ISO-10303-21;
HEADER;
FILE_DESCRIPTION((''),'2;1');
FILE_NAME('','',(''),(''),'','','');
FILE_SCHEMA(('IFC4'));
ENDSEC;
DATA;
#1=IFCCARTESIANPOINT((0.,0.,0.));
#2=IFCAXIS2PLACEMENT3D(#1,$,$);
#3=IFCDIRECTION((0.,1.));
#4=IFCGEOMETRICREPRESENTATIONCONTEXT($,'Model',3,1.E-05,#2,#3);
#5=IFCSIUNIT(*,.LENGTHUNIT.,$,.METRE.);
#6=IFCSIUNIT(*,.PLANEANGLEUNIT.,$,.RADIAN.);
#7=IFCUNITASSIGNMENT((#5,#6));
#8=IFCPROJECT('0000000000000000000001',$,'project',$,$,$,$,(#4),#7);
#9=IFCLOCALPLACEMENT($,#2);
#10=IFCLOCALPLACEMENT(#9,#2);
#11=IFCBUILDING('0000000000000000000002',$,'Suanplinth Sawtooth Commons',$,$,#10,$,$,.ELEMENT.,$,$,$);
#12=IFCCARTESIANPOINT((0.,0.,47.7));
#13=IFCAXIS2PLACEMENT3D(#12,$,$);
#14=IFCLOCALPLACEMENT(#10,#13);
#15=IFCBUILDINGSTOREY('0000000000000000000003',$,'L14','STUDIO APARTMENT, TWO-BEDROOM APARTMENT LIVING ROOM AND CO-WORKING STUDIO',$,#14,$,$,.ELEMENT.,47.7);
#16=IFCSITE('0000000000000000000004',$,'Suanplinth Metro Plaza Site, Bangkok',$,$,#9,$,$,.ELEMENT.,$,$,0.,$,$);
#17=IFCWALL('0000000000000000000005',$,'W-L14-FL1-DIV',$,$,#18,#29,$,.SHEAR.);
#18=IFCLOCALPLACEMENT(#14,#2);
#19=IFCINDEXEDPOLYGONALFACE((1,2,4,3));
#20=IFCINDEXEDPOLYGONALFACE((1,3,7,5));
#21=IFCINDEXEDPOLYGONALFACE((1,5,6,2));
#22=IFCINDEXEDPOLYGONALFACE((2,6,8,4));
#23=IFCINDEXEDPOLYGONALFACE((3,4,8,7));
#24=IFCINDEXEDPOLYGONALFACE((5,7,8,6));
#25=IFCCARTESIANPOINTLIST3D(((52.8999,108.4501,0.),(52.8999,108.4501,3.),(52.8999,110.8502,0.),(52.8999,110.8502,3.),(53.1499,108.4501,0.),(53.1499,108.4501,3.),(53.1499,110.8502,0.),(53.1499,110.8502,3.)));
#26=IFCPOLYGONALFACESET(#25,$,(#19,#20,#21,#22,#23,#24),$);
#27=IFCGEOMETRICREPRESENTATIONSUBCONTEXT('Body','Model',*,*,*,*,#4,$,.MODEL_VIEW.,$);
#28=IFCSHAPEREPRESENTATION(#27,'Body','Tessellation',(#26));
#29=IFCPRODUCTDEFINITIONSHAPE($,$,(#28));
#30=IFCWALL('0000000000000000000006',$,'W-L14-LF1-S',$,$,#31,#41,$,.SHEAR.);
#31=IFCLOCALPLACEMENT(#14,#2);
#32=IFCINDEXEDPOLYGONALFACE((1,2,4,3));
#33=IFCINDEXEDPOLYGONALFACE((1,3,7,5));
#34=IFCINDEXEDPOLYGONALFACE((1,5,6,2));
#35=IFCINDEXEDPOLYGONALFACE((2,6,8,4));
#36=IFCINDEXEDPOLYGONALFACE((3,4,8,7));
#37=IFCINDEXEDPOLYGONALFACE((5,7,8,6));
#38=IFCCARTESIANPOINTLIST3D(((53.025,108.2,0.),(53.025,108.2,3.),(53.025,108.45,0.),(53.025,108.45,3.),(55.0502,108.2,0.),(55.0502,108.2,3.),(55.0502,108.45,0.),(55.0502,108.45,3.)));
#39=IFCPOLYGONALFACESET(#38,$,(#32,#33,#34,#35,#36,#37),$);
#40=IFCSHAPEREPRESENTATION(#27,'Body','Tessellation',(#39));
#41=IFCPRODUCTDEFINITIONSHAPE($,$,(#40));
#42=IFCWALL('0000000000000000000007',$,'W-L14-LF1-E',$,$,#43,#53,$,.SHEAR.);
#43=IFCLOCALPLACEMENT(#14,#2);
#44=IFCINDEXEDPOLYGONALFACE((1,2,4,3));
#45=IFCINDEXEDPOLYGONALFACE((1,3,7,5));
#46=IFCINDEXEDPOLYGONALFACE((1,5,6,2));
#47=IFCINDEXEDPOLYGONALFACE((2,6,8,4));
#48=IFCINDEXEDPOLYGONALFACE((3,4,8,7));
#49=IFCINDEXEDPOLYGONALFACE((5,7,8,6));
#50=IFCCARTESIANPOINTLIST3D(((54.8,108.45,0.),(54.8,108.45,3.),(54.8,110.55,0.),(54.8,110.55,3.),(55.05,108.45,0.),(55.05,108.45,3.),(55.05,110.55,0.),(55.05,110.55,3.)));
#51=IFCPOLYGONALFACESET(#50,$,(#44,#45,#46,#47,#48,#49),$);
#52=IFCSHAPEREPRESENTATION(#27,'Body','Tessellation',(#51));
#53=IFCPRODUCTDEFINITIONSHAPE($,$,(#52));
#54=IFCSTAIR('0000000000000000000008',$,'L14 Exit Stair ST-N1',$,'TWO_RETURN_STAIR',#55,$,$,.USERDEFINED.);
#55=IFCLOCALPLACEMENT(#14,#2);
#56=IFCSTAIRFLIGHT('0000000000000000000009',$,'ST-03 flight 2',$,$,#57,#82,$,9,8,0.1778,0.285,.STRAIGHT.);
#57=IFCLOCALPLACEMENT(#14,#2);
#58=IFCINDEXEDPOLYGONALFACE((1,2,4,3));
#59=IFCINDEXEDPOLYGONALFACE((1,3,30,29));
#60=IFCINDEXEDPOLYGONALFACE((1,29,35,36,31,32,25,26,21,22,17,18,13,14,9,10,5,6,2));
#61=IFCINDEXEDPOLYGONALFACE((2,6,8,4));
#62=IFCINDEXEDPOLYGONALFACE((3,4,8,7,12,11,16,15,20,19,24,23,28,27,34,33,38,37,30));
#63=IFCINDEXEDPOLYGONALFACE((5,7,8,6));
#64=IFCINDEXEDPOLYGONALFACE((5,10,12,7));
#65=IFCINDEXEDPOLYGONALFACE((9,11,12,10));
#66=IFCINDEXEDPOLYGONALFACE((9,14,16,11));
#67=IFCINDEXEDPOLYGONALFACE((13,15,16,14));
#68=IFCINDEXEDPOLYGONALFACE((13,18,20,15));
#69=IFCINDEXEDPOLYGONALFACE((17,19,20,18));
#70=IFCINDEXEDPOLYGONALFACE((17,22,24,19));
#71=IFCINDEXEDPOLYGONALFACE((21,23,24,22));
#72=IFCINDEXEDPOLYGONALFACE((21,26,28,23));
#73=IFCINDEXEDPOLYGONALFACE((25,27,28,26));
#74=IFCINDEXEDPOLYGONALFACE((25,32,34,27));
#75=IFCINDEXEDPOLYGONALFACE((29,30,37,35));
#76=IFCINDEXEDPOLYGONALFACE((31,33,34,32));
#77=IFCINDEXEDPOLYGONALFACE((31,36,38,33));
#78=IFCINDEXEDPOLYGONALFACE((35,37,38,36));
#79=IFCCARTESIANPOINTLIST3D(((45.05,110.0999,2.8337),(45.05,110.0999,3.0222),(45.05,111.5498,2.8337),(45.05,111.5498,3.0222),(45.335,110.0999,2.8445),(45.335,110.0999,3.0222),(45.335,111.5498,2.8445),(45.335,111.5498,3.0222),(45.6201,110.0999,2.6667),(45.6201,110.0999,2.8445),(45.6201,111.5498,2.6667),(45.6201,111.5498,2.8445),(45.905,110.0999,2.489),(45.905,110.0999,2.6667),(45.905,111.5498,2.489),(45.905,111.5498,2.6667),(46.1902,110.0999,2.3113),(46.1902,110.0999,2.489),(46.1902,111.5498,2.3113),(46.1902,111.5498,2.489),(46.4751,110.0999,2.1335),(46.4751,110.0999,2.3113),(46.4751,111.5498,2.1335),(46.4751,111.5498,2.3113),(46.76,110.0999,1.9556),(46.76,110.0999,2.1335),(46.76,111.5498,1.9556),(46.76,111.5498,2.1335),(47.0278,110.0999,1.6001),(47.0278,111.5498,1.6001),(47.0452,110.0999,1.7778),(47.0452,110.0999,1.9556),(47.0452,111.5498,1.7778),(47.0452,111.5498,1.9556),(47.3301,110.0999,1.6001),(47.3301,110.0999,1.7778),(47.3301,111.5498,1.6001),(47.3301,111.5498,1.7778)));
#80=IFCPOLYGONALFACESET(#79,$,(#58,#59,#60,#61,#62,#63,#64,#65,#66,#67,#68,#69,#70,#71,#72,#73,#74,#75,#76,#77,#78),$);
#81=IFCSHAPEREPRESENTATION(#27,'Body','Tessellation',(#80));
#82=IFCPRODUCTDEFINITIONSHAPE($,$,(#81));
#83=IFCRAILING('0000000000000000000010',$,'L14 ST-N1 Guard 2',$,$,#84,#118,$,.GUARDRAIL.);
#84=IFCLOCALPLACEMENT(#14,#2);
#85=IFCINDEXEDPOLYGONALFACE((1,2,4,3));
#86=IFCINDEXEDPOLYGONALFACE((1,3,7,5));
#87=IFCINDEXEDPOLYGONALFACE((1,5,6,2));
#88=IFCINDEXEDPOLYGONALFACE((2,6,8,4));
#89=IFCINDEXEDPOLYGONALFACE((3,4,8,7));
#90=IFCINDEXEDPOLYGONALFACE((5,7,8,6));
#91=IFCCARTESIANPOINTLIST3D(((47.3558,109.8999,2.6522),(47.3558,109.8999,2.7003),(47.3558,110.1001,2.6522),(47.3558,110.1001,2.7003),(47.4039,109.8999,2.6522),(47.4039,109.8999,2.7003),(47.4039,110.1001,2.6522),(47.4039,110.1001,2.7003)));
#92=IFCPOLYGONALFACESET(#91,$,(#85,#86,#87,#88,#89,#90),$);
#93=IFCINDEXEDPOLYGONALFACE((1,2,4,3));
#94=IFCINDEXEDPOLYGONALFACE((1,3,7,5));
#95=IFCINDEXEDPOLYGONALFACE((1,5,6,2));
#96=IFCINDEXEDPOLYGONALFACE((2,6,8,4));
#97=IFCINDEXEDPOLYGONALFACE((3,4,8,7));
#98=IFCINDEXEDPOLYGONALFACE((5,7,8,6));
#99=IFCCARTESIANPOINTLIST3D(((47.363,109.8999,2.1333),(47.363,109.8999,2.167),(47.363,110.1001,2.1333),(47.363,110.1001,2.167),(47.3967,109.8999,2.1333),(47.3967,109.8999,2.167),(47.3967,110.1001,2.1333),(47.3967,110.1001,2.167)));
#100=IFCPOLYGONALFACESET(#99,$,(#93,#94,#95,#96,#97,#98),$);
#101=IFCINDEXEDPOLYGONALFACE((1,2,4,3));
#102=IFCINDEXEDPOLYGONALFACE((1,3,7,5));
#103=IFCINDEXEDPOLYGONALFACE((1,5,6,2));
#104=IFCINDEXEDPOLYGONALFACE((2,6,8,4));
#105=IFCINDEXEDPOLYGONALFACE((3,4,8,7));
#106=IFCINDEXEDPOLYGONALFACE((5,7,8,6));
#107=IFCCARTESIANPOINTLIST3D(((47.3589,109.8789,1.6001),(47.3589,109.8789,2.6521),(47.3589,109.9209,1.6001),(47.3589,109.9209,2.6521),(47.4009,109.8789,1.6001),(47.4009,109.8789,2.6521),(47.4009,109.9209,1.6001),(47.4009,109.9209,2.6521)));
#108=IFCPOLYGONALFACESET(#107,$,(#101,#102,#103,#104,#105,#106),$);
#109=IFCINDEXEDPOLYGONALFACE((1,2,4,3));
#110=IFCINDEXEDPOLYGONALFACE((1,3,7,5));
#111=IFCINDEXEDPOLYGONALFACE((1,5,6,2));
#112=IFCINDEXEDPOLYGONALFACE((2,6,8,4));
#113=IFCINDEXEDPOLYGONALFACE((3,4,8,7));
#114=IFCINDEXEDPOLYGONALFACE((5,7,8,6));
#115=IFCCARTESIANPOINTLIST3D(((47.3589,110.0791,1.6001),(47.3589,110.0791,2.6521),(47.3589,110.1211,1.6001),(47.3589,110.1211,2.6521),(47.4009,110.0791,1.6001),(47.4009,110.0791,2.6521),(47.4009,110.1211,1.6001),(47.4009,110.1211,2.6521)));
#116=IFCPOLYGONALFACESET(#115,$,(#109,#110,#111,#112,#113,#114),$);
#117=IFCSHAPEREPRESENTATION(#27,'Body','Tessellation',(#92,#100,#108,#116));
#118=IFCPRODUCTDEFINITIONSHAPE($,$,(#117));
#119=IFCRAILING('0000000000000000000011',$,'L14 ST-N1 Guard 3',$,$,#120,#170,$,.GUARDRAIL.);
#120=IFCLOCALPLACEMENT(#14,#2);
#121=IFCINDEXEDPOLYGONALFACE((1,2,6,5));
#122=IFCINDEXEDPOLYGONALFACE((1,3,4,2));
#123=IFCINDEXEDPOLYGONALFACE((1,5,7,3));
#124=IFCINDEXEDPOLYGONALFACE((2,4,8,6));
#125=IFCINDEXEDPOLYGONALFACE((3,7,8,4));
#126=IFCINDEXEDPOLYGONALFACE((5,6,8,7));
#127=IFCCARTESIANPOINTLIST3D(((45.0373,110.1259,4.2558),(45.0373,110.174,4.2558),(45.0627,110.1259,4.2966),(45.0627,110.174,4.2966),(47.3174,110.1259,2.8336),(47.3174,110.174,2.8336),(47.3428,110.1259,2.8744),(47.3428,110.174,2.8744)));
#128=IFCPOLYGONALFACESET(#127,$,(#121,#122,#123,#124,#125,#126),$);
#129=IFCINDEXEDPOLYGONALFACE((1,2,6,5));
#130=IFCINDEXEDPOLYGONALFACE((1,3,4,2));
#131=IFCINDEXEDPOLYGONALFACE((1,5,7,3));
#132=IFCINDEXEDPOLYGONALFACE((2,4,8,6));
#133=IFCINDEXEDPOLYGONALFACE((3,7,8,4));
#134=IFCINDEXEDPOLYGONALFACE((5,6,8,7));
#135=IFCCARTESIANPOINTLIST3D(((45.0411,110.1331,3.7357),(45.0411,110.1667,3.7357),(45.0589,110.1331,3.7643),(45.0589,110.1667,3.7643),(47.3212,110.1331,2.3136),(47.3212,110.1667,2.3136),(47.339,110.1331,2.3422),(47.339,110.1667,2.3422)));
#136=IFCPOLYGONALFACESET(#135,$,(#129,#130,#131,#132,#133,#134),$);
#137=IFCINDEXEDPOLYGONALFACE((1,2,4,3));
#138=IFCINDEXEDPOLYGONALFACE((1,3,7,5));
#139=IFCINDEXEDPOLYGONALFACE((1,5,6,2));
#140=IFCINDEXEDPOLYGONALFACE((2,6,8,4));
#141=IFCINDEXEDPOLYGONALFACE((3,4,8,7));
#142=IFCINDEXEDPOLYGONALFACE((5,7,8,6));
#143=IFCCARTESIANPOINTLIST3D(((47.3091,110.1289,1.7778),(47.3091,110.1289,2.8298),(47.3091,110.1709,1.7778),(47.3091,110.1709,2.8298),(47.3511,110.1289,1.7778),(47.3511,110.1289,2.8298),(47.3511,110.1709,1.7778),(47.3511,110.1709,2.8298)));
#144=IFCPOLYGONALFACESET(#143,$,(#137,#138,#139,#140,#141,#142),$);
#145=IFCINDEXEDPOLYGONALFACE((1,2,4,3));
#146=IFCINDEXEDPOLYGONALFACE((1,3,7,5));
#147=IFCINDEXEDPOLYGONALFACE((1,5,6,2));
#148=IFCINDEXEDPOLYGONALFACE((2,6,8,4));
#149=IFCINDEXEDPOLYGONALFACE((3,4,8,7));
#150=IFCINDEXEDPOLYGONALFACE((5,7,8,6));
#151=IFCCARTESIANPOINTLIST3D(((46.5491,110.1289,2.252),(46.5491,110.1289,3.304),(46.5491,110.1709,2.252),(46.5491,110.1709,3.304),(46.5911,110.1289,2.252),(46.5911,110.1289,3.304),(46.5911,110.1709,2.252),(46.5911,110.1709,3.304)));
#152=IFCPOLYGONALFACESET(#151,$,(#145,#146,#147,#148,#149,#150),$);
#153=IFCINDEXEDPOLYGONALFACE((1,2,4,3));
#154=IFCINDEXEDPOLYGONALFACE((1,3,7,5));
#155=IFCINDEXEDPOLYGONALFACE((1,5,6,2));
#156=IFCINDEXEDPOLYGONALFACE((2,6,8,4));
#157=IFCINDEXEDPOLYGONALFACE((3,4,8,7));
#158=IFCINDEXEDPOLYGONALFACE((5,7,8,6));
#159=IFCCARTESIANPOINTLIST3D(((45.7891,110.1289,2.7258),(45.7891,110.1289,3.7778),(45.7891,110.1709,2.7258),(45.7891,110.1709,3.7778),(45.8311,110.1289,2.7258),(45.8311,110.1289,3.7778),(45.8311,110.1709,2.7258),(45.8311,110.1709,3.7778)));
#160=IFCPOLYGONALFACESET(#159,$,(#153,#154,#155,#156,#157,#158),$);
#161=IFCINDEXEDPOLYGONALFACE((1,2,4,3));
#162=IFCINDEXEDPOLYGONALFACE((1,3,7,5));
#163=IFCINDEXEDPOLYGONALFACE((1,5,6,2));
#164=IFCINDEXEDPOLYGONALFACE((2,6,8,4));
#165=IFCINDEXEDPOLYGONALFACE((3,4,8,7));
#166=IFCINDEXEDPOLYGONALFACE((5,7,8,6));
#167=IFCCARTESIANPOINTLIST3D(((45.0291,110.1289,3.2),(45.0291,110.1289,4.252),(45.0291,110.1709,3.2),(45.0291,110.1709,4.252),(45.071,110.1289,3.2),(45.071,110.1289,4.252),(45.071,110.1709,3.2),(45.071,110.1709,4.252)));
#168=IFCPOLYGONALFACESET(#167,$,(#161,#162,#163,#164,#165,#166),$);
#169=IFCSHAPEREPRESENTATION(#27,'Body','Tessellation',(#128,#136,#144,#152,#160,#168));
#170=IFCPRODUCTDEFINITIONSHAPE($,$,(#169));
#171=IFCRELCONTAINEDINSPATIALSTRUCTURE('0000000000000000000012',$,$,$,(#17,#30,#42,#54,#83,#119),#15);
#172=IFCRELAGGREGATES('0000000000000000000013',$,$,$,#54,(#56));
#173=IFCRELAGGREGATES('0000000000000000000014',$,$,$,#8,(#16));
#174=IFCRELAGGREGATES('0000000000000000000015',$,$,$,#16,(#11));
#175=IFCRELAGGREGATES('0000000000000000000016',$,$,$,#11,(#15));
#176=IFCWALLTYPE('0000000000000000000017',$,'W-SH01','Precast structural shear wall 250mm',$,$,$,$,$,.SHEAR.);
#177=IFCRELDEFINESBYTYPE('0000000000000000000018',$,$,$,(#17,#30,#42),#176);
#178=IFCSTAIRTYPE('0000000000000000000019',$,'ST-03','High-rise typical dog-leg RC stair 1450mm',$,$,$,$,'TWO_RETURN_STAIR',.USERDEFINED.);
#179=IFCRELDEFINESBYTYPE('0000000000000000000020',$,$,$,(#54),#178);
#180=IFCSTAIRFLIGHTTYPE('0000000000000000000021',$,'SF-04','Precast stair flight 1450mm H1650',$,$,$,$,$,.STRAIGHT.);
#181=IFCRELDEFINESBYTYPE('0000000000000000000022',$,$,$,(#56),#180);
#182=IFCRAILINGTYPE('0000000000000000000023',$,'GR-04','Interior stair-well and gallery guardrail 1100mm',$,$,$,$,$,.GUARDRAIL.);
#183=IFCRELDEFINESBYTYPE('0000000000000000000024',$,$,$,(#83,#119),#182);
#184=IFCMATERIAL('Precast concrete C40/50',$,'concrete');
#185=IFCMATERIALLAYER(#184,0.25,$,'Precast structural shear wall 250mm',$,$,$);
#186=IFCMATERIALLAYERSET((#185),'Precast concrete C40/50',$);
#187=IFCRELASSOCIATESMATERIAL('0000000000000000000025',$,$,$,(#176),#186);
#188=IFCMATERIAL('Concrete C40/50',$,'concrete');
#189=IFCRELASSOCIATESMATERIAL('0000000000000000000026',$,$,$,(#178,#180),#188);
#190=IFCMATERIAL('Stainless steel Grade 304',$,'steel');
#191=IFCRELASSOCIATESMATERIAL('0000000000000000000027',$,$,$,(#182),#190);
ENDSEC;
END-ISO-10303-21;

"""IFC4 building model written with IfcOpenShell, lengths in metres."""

from ifc_helpers import new_model, si_unit, direction, frame, frame_2d, origin, origin_2d, place, context, subcontext, project, spatial, polyline, rectangle, outline, extrude, material, layer, layer_set, type_object, element, aggregate, save


model = new_model("IFC4")

# Units and contexts
model_context = context("Model", 3, precision=1e-05, world=origin(), true_north=direction((0.0, 1.0)))
body_context = subcontext(model_context, "Body", "Model", "MODEL_VIEW")
ifc_project = project(units=[si_unit("LENGTHUNIT", "METRE"), si_unit("PLANEANGLEUNIT", "RADIAN")], contexts=[model_context])

# Site, building, storey
site_placement = place(None, origin())
site = spatial("IfcSite", under=ifc_project, at=site_placement, Name="Suanplinth Metro Plaza Site, Bangkok", CompositionType="ELEMENT", RefElevation=0.0)
building_placement = place(site_placement, origin())
building = spatial("IfcBuilding", under=site, at=building_placement, Name="Suanplinth Sawtooth Commons", CompositionType="ELEMENT")
storey_placement = place(building_placement, frame((0.0, 0.0, 47.7)))
storey = spatial("IfcBuildingStorey", under=building, at=storey_placement, Name="L14", Description="STUDIO APARTMENT, TWO-BEDROOM APARTMENT LIVING ROOM AND CO-WORKING STUDIO", CompositionType="ELEMENT", Elevation=47.7)

# Shared definitions
ifc_material_1 = material(Name="Precast concrete C40/50", Category="concrete")

# Shared definitions
ifc_material_2 = material(Name="Concrete C40/50", Category="concrete")

# Shared definitions
ifc_layer_1 = layer(ifc_material_1, 0.25, Name="Precast structural shear wall 250mm")
ifc_layer_set_1 = layer_set([ifc_layer_1], Name="Precast concrete C40/50")
wall_type_1 = type_object("IfcWallType", Name="W-SH01", Description="Precast structural shear wall 250mm", PredefinedType="SHEAR", material=ifc_layer_set_1)

# Shared definitions
ifc_material_3 = material(Name="Stainless steel Grade 304", Category="steel")

# Walls
for number, where, z_axis, x_axis, name in (
    (1, (53.0249, 108.45, 0.0), (0.0, 0.0, 1.0), (0.0, 1.0, 0.0), "W-L14-FL1-DIV"),
):
    element("IfcWall", number, at=place(storey_placement, frame(where, z_axis=z_axis, x_axis=x_axis)), inside=storey, type_object=wall_type_1, Name=name, PredefinedType="SHEAR", context=body_context, shape_type="SweptSolid", body=[
        extrude(rectangle(XDim=2.4001, YDim=0.25, at=frame_2d((1.2002, 0.0))), origin(), (0.0, 0.0, 1.0), 3.0),
    ])
wall_1_placement = place(storey_placement, frame((53.0249, 108.325, 0.0), z_axis=(0.0, 0.0, 1.0), x_axis=(1.0, 0.0, 0.0)))
element("IfcWall", 2, at=wall_1_placement, inside=storey, type_object=wall_type_1, Name="W-L14-LF1-S", PredefinedType="SHEAR", context=body_context, shape_type="SweptSolid", body=[
    extrude(rectangle(XDim=2.0251, YDim=0.25, at=frame_2d((1.0127, 0.0))), origin(), (0.0, 0.0, 1.0), 3.0),
])

# Wall
wall_2_placement = place(storey_placement, frame((54.925, 108.45, 0.0), z_axis=(0.0, 0.0, 1.0), x_axis=(0.0, 1.0, 0.0)))
element("IfcWall", 3, at=wall_2_placement, inside=storey, type_object=wall_type_1, Name="W-L14-LF1-E", PredefinedType="SHEAR", context=body_context, shape_type="SweptSolid", body=[
    extrude(rectangle(XDim=2.1001, YDim=0.25, at=frame_2d((1.05, 0.0))), origin(), (0.0, 0.0, 1.0), 3.0),
])

# Stair, stair flight
stair_type = type_object("IfcStairType", Name="ST-03", Description="High-rise typical dog-leg RC stair 1450mm", ElementType="TWO_RETURN_STAIR", PredefinedType="USERDEFINED", material=ifc_material_2)
stair_placement = place(storey_placement, origin())
stair = element("IfcStair", 4, at=stair_placement, inside=storey, type_object=stair_type, Name="L14 Exit Stair ST-N1", ObjectType="TWO_RETURN_STAIR", PredefinedType="USERDEFINED")
stair_flight_type = type_object("IfcStairFlightType", Name="SF-04", Description="Precast stair flight 1450mm H1650", PredefinedType="STRAIGHT", material=ifc_material_2)
stair_flight_placement = place(storey_placement, frame((47.3301, 110.825, 1.6001), z_axis=(0.0, 0.0, 1.0), x_axis=(-1.0, 0.0, 0.0)))
stair_flight = element("IfcStairFlight", 5, at=stair_flight_placement, type_object=stair_flight_type, Name="ST-03 flight 2", NumberOfRisers=9, NumberOfTreads=8, PredefinedType="STRAIGHT", RiserHeight=0.1778, TreadLength=0.285, context=body_context, shape_type="SweptSolid", body=[
    extrude(outline(polyline([(0.0, 0.0), (0.0, 0.1777), (0.2849, 0.1777), (0.2849, 0.3555), (0.5701, 0.3555), (0.5701, 0.5334), (0.855, 0.5334), (0.855, 0.7112), (1.1399, 0.7112), (1.1399, 0.8889), (1.425, 0.8889), (1.425, 1.0667), (1.71, 1.0667), (1.71, 1.2444), (1.9951, 1.2444), (1.9951, 1.4221), (2.28, 1.4221), (2.28, 1.6001), (2.28, 1.2336), (0.3022, 0.0), (0.0, 0.0)])), frame((0.0, 0.7251, 0.0), z_axis=(0.0, -1.0, 0.0), x_axis=(1.0, 0.0, 0.0)), (0.0, 0.0, 1.0), 1.45),
])
aggregate(stair, [stair_flight])

# Railings
railing_type_1 = type_object("IfcRailingType", Name="GR-04", Description="Interior stair-well and gallery guardrail 1100mm", PredefinedType="GUARDRAIL", material=ifc_material_3)
railing_1_placement = place(storey_placement, frame((47.3799, 109.8999, 1.6001)))
element("IfcRailing", 6, at=railing_1_placement, inside=storey, type_object=railing_type_1, Name="L14 ST-N1 Guard 2", PredefinedType="GUARDRAIL", context=body_context, shape_type="SweptSolid", body=[
    extrude(rectangle(XDim=0.0481, YDim=0.0481, at=origin_2d()), frame((0.0, 0.0, 1.0762), z_axis=(0.0, 1.0, 0.0), x_axis=(-1.0, 0.0, 0.0)), (0.0, 0.0, 1.0), 0.2002),
    extrude(rectangle(XDim=0.0337, YDim=0.0337, at=origin_2d()), frame((0.0, 0.0, 0.55), z_axis=(0.0, 1.0, 0.0), x_axis=(-1.0, 0.0, 0.0)), (0.0, 0.0, 1.0), 0.2002),
    extrude(rectangle(XDim=0.042, YDim=0.042, at=origin_2d()), origin(), (0.0, 0.0, 1.0), 1.052),
    extrude(rectangle(XDim=0.042, YDim=0.042, at=origin_2d()), frame((0.0, 0.2002, 0.0)), (0.0, 0.0, 1.0), 1.052),
])
railing_2_placement = place(storey_placement, frame((47.3301, 110.1499, 1.7778)))
element("IfcRailing", 7, at=railing_2_placement, inside=storey, type_object=railing_type_1, Name="L14 ST-N1 Guard 3", PredefinedType="GUARDRAIL", context=body_context, shape_type="SweptSolid", body=[
    extrude(rectangle(XDim=0.0481, YDim=0.0481, at=origin_2d()), frame((0.0, 0.0, 1.0762), z_axis=(-0.848483, 0.0, 0.529223), x_axis=(0.0, -1.0, 0.0)), (0.0, 0.0, 1.0), 2.6873),
    extrude(rectangle(XDim=0.0337, YDim=0.0337, at=origin_2d()), frame((0.0, 0.0, 0.55), z_axis=(-0.848483, 0.0, 0.529223), x_axis=(0.0, -1.0, 0.0)), (0.0, 0.0, 1.0), 2.6873),
    extrude(rectangle(XDim=0.042, YDim=0.042, at=origin_2d()), origin(), (0.0, 0.0, 1.0), 1.052),
    extrude(rectangle(XDim=0.042, YDim=0.042, at=origin_2d()), frame((-0.76, 0.0, 0.4741)), (0.0, 0.0, 1.0), 1.052),
    extrude(rectangle(XDim=0.042, YDim=0.042, at=origin_2d()), frame((-1.52, 0.0, 0.948)), (0.0, 0.0, 1.0), 1.052),
    extrude(rectangle(XDim=0.042, YDim=0.042, at=origin_2d()), frame((-2.28, 0.0, 1.4221)), (0.0, 0.0, 1.0), 1.052),
])

save(model, "model.ifc")
